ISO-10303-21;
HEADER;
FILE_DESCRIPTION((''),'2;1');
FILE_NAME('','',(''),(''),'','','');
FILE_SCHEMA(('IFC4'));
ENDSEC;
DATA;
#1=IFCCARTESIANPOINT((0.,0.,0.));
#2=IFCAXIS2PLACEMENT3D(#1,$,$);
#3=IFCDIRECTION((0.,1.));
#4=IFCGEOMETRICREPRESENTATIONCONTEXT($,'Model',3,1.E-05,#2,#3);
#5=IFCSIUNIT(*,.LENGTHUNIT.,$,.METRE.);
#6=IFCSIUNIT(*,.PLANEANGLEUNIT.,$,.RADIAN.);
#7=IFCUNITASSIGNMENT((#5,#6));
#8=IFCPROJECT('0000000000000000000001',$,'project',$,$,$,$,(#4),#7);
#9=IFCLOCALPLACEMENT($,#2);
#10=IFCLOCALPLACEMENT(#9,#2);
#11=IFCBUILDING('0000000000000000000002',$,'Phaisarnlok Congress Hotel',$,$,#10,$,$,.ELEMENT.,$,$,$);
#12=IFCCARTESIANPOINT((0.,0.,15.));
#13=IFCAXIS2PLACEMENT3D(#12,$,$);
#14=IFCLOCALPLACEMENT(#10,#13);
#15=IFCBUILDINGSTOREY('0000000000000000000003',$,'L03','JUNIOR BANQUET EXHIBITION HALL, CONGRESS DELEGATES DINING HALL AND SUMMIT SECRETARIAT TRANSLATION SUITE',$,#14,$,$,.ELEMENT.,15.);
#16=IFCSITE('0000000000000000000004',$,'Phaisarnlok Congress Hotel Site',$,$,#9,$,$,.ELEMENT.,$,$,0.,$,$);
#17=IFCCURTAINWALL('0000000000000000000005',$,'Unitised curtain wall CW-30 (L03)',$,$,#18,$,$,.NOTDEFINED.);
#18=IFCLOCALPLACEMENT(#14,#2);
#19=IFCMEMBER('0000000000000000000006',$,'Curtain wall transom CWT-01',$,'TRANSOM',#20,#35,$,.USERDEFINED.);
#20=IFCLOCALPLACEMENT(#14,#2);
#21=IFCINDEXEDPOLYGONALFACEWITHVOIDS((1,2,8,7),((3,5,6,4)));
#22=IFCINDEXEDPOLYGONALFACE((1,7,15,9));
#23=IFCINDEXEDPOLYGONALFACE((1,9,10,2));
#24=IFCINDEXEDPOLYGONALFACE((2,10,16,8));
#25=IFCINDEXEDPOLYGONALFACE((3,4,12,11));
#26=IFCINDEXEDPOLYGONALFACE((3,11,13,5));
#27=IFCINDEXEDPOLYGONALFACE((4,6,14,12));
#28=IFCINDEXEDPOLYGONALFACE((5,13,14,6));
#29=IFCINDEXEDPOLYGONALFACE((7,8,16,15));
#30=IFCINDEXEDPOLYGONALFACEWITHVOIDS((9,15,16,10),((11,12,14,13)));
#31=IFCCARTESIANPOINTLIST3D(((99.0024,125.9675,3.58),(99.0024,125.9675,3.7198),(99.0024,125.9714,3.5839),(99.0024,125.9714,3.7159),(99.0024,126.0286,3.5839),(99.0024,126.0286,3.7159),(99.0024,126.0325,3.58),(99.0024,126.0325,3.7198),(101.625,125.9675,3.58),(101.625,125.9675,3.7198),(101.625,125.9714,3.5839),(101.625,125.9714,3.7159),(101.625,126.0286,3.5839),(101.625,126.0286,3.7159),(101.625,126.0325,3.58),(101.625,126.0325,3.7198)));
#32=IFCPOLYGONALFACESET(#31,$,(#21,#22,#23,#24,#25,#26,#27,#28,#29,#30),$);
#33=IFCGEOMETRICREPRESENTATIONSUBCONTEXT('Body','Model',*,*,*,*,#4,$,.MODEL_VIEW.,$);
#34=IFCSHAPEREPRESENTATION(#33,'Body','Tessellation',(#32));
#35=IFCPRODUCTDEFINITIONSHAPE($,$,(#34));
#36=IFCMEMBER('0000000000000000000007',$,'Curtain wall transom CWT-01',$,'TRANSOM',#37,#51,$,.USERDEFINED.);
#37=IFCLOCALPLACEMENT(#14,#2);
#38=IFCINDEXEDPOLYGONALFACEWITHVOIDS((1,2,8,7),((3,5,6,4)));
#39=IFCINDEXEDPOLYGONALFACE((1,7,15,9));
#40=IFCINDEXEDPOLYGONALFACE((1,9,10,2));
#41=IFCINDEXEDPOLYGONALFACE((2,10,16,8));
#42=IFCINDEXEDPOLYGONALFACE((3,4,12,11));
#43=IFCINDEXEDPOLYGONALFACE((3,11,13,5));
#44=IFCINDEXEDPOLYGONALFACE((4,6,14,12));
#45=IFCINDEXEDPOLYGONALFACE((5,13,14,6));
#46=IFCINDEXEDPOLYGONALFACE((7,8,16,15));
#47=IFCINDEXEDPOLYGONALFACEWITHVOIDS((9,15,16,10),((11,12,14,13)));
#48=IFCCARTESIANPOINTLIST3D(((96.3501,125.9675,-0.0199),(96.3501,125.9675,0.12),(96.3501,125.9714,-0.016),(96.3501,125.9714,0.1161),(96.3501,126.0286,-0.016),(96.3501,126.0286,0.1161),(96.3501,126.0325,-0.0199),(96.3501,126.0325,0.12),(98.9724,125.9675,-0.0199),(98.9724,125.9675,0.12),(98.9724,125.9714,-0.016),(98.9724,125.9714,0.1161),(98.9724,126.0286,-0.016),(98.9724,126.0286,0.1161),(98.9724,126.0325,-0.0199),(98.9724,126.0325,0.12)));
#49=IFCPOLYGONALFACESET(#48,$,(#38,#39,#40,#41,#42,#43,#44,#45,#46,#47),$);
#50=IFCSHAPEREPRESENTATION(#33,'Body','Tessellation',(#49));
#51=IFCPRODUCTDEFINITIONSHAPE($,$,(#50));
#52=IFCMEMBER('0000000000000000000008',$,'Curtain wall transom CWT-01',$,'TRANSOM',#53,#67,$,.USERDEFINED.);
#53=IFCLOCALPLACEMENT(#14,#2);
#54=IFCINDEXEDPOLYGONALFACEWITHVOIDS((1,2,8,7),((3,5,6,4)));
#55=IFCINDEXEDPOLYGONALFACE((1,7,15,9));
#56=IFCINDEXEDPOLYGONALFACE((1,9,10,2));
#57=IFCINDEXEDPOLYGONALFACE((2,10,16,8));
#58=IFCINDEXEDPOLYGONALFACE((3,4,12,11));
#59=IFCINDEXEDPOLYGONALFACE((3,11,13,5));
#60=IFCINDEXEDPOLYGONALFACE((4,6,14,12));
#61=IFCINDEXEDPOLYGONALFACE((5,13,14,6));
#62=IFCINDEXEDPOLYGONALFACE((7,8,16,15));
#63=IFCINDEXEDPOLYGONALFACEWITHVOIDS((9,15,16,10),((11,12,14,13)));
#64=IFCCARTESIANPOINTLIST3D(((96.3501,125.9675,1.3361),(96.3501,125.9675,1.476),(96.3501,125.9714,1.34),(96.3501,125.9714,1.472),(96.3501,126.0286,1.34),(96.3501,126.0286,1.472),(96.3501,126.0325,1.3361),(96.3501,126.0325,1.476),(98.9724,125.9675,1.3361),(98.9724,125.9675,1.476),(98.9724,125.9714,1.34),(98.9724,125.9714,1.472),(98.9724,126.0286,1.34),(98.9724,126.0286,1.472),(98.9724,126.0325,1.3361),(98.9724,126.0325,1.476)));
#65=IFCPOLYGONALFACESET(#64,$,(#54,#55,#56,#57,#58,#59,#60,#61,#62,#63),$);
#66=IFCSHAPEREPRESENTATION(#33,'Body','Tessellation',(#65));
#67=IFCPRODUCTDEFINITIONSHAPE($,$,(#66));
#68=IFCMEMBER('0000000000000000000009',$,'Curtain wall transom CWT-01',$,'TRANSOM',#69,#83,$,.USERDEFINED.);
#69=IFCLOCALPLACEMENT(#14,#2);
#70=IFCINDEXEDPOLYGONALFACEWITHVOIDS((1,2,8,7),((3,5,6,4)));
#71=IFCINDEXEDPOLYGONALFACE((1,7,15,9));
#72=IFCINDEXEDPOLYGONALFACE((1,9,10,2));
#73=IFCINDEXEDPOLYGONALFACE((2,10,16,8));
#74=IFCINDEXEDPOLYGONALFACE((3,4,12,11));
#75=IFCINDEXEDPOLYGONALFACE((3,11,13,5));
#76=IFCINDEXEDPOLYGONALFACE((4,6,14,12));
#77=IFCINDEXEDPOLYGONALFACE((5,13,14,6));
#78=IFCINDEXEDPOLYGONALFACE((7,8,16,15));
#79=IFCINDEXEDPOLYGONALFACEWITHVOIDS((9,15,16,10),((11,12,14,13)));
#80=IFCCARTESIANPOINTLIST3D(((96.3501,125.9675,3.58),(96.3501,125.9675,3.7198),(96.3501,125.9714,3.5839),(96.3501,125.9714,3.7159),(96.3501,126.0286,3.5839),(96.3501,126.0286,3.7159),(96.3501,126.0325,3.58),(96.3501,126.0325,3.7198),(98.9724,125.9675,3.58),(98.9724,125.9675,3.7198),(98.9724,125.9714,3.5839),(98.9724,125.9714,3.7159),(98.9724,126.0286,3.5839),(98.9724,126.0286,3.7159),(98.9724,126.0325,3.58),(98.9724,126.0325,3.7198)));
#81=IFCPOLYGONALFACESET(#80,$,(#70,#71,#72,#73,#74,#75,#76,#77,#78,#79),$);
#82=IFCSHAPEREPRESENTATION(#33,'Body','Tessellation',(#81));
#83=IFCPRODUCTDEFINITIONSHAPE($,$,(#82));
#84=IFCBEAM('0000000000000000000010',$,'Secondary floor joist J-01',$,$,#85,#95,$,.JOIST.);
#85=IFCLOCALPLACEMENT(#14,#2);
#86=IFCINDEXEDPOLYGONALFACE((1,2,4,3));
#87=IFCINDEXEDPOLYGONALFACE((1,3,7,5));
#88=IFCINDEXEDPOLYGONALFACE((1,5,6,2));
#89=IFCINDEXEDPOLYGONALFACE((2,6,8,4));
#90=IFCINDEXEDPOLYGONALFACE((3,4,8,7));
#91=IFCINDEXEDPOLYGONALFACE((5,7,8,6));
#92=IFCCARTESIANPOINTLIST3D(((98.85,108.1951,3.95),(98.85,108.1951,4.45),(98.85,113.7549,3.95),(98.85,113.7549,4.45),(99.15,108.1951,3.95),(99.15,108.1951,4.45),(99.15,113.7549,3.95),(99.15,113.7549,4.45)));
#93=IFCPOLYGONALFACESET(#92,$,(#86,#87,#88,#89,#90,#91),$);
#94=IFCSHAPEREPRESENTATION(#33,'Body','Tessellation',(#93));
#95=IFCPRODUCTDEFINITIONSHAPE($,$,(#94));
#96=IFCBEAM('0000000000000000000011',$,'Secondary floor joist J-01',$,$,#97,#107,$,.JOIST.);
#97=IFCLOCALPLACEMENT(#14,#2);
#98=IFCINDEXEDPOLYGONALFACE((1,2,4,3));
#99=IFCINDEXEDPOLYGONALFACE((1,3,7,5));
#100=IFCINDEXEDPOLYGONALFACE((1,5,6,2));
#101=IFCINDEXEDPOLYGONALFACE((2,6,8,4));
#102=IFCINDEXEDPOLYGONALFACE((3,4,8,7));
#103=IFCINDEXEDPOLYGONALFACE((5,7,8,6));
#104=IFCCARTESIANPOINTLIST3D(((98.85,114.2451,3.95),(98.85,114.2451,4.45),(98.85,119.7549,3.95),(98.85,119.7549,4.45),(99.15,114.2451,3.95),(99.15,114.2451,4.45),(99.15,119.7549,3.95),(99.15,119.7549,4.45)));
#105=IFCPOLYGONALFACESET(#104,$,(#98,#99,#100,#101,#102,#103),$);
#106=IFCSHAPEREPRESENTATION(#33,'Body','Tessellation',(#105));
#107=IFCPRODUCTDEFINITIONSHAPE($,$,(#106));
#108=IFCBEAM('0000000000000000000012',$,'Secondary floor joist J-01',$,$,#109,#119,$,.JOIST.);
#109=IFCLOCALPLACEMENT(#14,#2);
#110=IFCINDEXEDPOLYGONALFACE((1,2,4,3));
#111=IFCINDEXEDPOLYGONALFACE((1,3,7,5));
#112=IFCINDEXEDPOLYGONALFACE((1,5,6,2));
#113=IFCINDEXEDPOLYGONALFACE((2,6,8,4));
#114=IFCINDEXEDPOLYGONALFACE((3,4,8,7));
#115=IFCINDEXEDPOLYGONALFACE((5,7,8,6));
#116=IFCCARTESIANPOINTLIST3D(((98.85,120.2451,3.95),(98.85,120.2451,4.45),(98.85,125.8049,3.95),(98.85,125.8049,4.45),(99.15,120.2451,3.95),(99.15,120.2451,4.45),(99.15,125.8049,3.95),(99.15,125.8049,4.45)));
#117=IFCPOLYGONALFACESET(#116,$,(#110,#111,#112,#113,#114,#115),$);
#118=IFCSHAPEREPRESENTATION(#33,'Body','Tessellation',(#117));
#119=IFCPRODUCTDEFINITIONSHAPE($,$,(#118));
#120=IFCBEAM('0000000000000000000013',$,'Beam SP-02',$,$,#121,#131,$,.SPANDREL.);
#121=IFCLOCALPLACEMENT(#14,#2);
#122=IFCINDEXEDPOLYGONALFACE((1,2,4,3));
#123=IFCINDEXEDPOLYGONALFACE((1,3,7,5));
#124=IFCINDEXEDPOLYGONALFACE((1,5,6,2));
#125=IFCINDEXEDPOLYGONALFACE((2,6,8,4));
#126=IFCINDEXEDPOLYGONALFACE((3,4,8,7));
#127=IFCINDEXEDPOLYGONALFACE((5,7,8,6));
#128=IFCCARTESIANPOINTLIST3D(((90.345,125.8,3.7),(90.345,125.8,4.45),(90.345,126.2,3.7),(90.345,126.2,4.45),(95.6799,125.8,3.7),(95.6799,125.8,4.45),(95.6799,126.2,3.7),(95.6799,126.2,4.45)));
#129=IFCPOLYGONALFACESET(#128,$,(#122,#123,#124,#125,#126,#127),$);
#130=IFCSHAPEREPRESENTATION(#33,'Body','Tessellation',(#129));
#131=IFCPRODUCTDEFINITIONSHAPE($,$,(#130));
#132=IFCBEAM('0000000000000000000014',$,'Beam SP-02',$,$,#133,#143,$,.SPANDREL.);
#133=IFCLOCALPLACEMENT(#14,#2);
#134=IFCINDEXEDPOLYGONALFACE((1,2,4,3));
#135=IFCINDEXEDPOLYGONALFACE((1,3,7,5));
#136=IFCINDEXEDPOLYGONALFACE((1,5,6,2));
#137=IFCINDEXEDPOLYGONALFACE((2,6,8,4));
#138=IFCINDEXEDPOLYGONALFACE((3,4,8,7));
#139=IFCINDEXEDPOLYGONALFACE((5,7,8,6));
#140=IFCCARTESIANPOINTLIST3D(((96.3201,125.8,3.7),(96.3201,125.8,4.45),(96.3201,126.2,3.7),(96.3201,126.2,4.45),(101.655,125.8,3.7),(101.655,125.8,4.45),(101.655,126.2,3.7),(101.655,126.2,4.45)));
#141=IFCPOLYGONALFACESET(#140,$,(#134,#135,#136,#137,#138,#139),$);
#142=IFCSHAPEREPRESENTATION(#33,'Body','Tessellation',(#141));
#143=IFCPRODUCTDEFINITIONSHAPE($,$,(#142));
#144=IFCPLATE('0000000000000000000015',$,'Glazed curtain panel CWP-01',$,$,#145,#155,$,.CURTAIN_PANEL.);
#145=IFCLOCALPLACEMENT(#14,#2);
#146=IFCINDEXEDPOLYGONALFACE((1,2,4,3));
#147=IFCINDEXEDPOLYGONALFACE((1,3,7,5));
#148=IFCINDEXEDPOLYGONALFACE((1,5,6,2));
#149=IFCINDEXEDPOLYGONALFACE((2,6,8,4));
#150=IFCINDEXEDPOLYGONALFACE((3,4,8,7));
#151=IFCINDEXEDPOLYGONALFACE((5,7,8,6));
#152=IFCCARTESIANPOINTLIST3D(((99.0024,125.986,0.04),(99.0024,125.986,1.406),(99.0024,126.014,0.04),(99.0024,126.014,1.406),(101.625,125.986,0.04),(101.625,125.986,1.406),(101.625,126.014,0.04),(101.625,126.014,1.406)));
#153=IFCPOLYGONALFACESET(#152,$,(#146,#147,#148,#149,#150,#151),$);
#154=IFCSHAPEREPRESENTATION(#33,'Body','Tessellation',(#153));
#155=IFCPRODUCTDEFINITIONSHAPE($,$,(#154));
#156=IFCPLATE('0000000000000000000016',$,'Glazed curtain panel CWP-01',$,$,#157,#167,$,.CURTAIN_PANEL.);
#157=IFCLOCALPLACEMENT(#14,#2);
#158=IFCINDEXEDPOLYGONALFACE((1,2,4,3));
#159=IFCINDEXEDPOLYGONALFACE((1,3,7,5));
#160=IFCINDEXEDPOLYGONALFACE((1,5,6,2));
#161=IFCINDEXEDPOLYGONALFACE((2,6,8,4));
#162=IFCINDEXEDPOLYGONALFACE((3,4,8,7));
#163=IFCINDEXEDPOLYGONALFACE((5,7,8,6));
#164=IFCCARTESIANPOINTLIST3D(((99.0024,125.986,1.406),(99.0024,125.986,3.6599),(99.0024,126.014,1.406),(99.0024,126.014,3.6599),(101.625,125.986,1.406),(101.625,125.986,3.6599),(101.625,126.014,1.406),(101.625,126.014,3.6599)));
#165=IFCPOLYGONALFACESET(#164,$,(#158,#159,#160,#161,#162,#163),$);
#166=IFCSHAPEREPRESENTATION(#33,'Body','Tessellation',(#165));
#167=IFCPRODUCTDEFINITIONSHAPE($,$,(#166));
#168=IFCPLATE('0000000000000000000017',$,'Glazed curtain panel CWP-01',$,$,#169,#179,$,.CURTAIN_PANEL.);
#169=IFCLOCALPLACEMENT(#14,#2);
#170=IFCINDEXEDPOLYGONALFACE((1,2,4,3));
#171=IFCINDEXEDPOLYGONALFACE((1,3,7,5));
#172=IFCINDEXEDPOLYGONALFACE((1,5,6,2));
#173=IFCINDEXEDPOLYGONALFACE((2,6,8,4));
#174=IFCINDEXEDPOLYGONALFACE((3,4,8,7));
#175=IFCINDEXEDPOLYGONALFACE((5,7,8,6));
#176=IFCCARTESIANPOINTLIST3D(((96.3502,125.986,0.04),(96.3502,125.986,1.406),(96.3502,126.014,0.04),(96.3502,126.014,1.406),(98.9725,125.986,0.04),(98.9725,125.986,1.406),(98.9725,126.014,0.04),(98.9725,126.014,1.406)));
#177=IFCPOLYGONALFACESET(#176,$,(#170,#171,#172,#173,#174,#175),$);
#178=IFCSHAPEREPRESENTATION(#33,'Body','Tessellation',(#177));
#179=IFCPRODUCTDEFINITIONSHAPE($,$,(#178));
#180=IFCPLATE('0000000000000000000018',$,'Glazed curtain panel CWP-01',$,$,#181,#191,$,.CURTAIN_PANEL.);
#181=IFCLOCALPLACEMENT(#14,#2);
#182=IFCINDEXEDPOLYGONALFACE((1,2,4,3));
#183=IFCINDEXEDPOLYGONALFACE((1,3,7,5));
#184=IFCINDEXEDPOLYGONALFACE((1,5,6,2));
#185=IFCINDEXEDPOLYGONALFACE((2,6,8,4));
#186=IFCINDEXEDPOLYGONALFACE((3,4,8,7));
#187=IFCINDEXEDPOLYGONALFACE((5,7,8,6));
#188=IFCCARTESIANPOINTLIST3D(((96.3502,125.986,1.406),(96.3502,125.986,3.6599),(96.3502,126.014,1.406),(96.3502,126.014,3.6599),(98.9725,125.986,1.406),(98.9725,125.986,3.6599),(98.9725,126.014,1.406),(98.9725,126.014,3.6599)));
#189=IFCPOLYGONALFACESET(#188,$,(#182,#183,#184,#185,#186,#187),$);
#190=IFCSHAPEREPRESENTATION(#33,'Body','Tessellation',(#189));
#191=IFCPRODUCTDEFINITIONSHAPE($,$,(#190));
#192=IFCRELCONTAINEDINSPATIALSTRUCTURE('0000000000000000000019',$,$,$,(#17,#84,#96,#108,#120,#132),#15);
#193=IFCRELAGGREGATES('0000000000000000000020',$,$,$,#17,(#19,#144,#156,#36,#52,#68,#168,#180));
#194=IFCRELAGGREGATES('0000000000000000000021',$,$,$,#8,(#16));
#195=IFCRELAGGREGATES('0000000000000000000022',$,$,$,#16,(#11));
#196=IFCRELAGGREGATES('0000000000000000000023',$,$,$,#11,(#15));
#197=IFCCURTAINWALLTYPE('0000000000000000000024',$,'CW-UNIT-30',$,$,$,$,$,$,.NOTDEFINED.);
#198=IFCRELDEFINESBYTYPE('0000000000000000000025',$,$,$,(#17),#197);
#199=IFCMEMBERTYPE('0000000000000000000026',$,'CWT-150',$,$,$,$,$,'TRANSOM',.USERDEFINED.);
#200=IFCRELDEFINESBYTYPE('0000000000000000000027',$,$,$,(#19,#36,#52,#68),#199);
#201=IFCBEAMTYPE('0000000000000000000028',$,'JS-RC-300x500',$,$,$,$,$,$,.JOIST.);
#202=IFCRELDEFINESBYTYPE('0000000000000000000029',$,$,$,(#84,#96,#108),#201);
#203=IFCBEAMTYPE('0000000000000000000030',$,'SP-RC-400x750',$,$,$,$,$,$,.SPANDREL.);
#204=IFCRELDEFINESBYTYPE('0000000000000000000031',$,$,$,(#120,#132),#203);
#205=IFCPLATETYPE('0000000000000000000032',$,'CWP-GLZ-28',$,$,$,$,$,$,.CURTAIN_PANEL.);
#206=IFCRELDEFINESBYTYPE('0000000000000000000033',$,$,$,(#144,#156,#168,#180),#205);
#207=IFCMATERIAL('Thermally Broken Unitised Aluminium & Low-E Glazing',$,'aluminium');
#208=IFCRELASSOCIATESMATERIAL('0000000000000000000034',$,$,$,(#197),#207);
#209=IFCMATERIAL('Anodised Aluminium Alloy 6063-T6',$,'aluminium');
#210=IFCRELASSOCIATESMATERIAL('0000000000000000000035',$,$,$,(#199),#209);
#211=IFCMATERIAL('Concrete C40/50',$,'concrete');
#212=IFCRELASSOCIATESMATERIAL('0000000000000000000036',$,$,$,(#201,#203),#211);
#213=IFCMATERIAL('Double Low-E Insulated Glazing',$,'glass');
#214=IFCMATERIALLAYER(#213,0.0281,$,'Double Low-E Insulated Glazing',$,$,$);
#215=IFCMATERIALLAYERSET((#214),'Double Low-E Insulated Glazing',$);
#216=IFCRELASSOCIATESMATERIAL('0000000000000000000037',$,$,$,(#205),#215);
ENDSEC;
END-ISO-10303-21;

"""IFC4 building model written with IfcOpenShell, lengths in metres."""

from ifc_helpers import new_model, si_unit, direction, frame, frame_2d, origin, origin_2d, place, context, subcontext, project, spatial, rectangle, hollow_rectangle, extrude, material, layer, layer_set, material_profile, profile_set, type_object, element, aggregate, save


model = new_model("IFC4")

# Units and contexts
model_context = context("Model", 3, precision=1e-05, world=origin(), true_north=direction((0.0, 1.0)))
body_context = subcontext(model_context, "Body", "Model", "MODEL_VIEW")
ifc_project = project(units=[si_unit("LENGTHUNIT", "METRE"), si_unit("PLANEANGLEUNIT", "RADIAN")], contexts=[model_context])

# Site, building, storey
site_placement = place(None, origin())
site = spatial("IfcSite", under=ifc_project, at=site_placement, Name="Phaisarnlok Congress Hotel Site", CompositionType="ELEMENT", RefElevation=0.0)
building_placement = place(site_placement, origin())
building = spatial("IfcBuilding", under=site, at=building_placement, Name="Phaisarnlok Congress Hotel", CompositionType="ELEMENT")
storey_placement = place(building_placement, frame((0.0, 0.0, 15.0)))
storey = spatial("IfcBuildingStorey", under=building, at=storey_placement, Name="L03", Description="JUNIOR BANQUET EXHIBITION HALL, CONGRESS DELEGATES DINING HALL AND SUMMIT SECRETARIAT TRANSLATION SUITE", CompositionType="ELEMENT", Elevation=15.0)

# Shared definitions
ifc_material_1 = material(Name="Concrete C40/50", Category="concrete")

# Curtain wall, members
ifc_material_2 = material(Name="Thermally Broken Unitised Aluminium & Low-E Glazing", Category="aluminium")
curtain_wall_type = type_object("IfcCurtainWallType", Name="CW-UNIT-30", PredefinedType="NOTDEFINED", material=ifc_material_2)
curtain_wall_placement = place(storey_placement, origin())
curtain_wall = element("IfcCurtainWall", 1, at=curtain_wall_placement, inside=storey, type_object=curtain_wall_type, Name="Unitised curtain wall CW-30 (L03)", PredefinedType="NOTDEFINED")
ifc_material_3 = material(Name="Anodised Aluminium Alloy 6063-T6", Category="aluminium")
ifc_material_profile_1 = material_profile(ifc_material_3, hollow_rectangle(XDim=0.0649, YDim=0.1399, WallThickness=0.0039, at=origin_2d()), Name="ALU-T 65x140x4")
ifc_profile_set_1 = profile_set([ifc_material_profile_1], Name="Anodised Aluminium Alloy 6063-T6")
member_type_1 = type_object("IfcMemberType", Name="CWT-150", ElementType="TRANSOM", PredefinedType="USERDEFINED", material=ifc_profile_set_1)
member_1_placement = place(storey_placement, frame((101.625, 126.0, 3.6499), z_axis=(-1.0, 0.0, 0.0), x_axis=(0.0, -1.0, 0.0)))
member_1 = element("IfcMember", 2, at=member_1_placement, type_object=member_type_1, Name="Curtain wall transom CWT-01", ObjectType="TRANSOM", PredefinedType="USERDEFINED", context=body_context, shape_type="SweptSolid", body=[
    extrude(hollow_rectangle(XDim=0.0649, YDim=0.1399, WallThickness=0.0039, at=origin_2d()), origin(), (0.0, 0.0, 1.0), 2.6226),
])
member_2_placement = place(storey_placement, frame((98.9724, 126.0, 0.05), z_axis=(-1.0, 0.0, 0.0), x_axis=(0.0, -1.0, 0.0)))
member_2 = element("IfcMember", 3, at=member_2_placement, type_object=member_type_1, Name="Curtain wall transom CWT-01", ObjectType="TRANSOM", PredefinedType="USERDEFINED", context=body_context, shape_type="SweptSolid", body=[
    extrude(hollow_rectangle(XDim=0.0649, YDim=0.1399, WallThickness=0.0039, at=origin_2d()), origin(), (0.0, 0.0, 1.0), 2.6223),
])
member_3_placement = place(storey_placement, frame((98.9724, 126.0, 1.406), z_axis=(-1.0, 0.0, 0.0), x_axis=(0.0, -1.0, 0.0)))
member_3 = element("IfcMember", 4, at=member_3_placement, type_object=member_type_1, Name="Curtain wall transom CWT-01", ObjectType="TRANSOM", PredefinedType="USERDEFINED", context=body_context, shape_type="SweptSolid", body=[
    extrude(hollow_rectangle(XDim=0.0649, YDim=0.1399, WallThickness=0.0039, at=origin_2d()), origin(), (0.0, 0.0, 1.0), 2.6223),
])
member_4_placement = place(storey_placement, frame((98.9724, 126.0, 3.6499), z_axis=(-1.0, 0.0, 0.0), x_axis=(0.0, -1.0, 0.0)))
member_4 = element("IfcMember", 5, at=member_4_placement, type_object=member_type_1, Name="Curtain wall transom CWT-01", ObjectType="TRANSOM", PredefinedType="USERDEFINED", context=body_context, shape_type="SweptSolid", body=[
    extrude(hollow_rectangle(XDim=0.0649, YDim=0.1399, WallThickness=0.0039, at=origin_2d()), origin(), (0.0, 0.0, 1.0), 2.6223),
])

# Beams
ifc_material_profile_2 = material_profile(ifc_material_1, rectangle(XDim=0.3, YDim=0.5, at=origin_2d()), Name="RC 300x500")
ifc_profile_set_2 = profile_set([ifc_material_profile_2], Name="Concrete C40/50")
beam_type_1 = type_object("IfcBeamType", Name="JS-RC-300x500", PredefinedType="JOIST", material=ifc_profile_set_2)
beam_1_placement = place(storey_placement, frame((99.0, 108.1951, 4.2), z_axis=(0.0, 1.0, 0.0), x_axis=(-1.0, 0.0, 0.0)))
element("IfcBeam", 6, at=beam_1_placement, inside=storey, type_object=beam_type_1, Name="Secondary floor joist J-01", PredefinedType="JOIST", context=body_context, shape_type="SweptSolid", body=[
    extrude(rectangle(XDim=0.3, YDim=0.5, at=origin_2d()), origin(), (0.0, 0.0, 1.0), 5.5598),
])
beam_2_placement = place(storey_placement, frame((99.0, 114.2451, 4.2), z_axis=(0.0, 1.0, 0.0), x_axis=(-1.0, 0.0, 0.0)))
element("IfcBeam", 7, at=beam_2_placement, inside=storey, type_object=beam_type_1, Name="Secondary floor joist J-01", PredefinedType="JOIST", context=body_context, shape_type="SweptSolid", body=[
    extrude(rectangle(XDim=0.3, YDim=0.5, at=origin_2d()), origin(), (0.0, 0.0, 1.0), 5.5098),
])
beam_3_placement = place(storey_placement, frame((99.0, 120.2451, 4.2), z_axis=(0.0, 1.0, 0.0), x_axis=(-1.0, 0.0, 0.0)))
element("IfcBeam", 8, at=beam_3_placement, inside=storey, type_object=beam_type_1, Name="Secondary floor joist J-01", PredefinedType="JOIST", context=body_context, shape_type="SweptSolid", body=[
    extrude(rectangle(XDim=0.3, YDim=0.5, at=origin_2d()), origin(), (0.0, 0.0, 1.0), 5.5598),
])
ifc_material_profile_3 = material_profile(ifc_material_1, rectangle(XDim=0.3999, YDim=0.75, at=origin_2d()), Name="RC 400x750")
ifc_profile_set_3 = profile_set([ifc_material_profile_3], Name="Concrete C40/50")
beam_type_2 = type_object("IfcBeamType", Name="SP-RC-400x750", PredefinedType="SPANDREL", material=ifc_profile_set_3)
for number, where, z_axis, x_axis, name in (
    (9, (90.345, 126.0, 4.075), (1.0, 0.0, 0.0), (0.0, 1.0, 0.0), "Beam SP-02"),
    (10, (96.3201, 126.0, 4.075), (1.0, 0.0, 0.0), (0.0, 1.0, 0.0), "Beam SP-02"),
):
    element("IfcBeam", number, at=place(storey_placement, frame(where, z_axis=z_axis, x_axis=x_axis)), inside=storey, type_object=beam_type_2, Name=name, PredefinedType="SPANDREL", context=body_context, shape_type="SweptSolid", body=[
        extrude(rectangle(XDim=0.3999, YDim=0.75, at=origin_2d()), origin(), (0.0, 0.0, 1.0), 5.335),
    ])

# Plates
ifc_material_4 = material(Name="Double Low-E Insulated Glazing", Category="glass")
ifc_layer_1 = layer(ifc_material_4, 0.0281, Name="Double Low-E Insulated Glazing")
ifc_layer_set_1 = layer_set([ifc_layer_1], Name="Double Low-E Insulated Glazing")
plate_type = type_object("IfcPlateType", Name="CWP-GLZ-28", PredefinedType="CURTAIN_PANEL", material=ifc_layer_set_1)
plate_1_placement = place(storey_placement, frame((101.625, 126.0, 0.04), z_axis=(0.0, 0.0, 1.0), x_axis=(-1.0, 0.0, 0.0)))
plate_1 = element("IfcPlate", 11, at=plate_1_placement, type_object=plate_type, Name="Glazed curtain panel CWP-01", PredefinedType="CURTAIN_PANEL", context=body_context, shape_type="SweptSolid", body=[
    extrude(rectangle(XDim=2.6226, YDim=0.0281, at=frame_2d((1.3113, 0.0))), origin(), (0.0, 0.0, 1.0), 1.366),
])
plate_2_placement = place(storey_placement, frame((101.625, 126.0, 1.406), z_axis=(0.0, 0.0, 1.0), x_axis=(-1.0, 0.0, 0.0)))
plate_2 = element("IfcPlate", 12, at=plate_2_placement, type_object=plate_type, Name="Glazed curtain panel CWP-01", PredefinedType="CURTAIN_PANEL", context=body_context, shape_type="SweptSolid", body=[
    extrude(rectangle(XDim=2.6226, YDim=0.0281, at=frame_2d((1.3113, 0.0))), origin(), (0.0, 0.0, 1.0), 2.2539),
])
plate_3_placement = place(storey_placement, frame((98.9724, 126.0, 0.04), z_axis=(0.0, 0.0, 1.0), x_axis=(-1.0, 0.0, 0.0)))
plate_3 = element("IfcPlate", 13, at=plate_3_placement, type_object=plate_type, Name="Glazed curtain panel CWP-01", PredefinedType="CURTAIN_PANEL", context=body_context, shape_type="SweptSolid", body=[
    extrude(rectangle(XDim=2.6223, YDim=0.0281, at=frame_2d((1.311, 0.0))), origin(), (0.0, 0.0, 1.0), 1.366),
])
plate_4_placement = place(storey_placement, frame((98.9724, 126.0, 1.406), z_axis=(0.0, 0.0, 1.0), x_axis=(-1.0, 0.0, 0.0)))
plate_4 = element("IfcPlate", 14, at=plate_4_placement, type_object=plate_type, Name="Glazed curtain panel CWP-01", PredefinedType="CURTAIN_PANEL", context=body_context, shape_type="SweptSolid", body=[
    extrude(rectangle(XDim=2.6223, YDim=0.0281, at=frame_2d((1.311, 0.0))), origin(), (0.0, 0.0, 1.0), 2.2539),
])
aggregate(curtain_wall, [member_1, plate_1, plate_2, member_2, member_3, member_4, plate_3, plate_4])

save(model, "model.ifc")
